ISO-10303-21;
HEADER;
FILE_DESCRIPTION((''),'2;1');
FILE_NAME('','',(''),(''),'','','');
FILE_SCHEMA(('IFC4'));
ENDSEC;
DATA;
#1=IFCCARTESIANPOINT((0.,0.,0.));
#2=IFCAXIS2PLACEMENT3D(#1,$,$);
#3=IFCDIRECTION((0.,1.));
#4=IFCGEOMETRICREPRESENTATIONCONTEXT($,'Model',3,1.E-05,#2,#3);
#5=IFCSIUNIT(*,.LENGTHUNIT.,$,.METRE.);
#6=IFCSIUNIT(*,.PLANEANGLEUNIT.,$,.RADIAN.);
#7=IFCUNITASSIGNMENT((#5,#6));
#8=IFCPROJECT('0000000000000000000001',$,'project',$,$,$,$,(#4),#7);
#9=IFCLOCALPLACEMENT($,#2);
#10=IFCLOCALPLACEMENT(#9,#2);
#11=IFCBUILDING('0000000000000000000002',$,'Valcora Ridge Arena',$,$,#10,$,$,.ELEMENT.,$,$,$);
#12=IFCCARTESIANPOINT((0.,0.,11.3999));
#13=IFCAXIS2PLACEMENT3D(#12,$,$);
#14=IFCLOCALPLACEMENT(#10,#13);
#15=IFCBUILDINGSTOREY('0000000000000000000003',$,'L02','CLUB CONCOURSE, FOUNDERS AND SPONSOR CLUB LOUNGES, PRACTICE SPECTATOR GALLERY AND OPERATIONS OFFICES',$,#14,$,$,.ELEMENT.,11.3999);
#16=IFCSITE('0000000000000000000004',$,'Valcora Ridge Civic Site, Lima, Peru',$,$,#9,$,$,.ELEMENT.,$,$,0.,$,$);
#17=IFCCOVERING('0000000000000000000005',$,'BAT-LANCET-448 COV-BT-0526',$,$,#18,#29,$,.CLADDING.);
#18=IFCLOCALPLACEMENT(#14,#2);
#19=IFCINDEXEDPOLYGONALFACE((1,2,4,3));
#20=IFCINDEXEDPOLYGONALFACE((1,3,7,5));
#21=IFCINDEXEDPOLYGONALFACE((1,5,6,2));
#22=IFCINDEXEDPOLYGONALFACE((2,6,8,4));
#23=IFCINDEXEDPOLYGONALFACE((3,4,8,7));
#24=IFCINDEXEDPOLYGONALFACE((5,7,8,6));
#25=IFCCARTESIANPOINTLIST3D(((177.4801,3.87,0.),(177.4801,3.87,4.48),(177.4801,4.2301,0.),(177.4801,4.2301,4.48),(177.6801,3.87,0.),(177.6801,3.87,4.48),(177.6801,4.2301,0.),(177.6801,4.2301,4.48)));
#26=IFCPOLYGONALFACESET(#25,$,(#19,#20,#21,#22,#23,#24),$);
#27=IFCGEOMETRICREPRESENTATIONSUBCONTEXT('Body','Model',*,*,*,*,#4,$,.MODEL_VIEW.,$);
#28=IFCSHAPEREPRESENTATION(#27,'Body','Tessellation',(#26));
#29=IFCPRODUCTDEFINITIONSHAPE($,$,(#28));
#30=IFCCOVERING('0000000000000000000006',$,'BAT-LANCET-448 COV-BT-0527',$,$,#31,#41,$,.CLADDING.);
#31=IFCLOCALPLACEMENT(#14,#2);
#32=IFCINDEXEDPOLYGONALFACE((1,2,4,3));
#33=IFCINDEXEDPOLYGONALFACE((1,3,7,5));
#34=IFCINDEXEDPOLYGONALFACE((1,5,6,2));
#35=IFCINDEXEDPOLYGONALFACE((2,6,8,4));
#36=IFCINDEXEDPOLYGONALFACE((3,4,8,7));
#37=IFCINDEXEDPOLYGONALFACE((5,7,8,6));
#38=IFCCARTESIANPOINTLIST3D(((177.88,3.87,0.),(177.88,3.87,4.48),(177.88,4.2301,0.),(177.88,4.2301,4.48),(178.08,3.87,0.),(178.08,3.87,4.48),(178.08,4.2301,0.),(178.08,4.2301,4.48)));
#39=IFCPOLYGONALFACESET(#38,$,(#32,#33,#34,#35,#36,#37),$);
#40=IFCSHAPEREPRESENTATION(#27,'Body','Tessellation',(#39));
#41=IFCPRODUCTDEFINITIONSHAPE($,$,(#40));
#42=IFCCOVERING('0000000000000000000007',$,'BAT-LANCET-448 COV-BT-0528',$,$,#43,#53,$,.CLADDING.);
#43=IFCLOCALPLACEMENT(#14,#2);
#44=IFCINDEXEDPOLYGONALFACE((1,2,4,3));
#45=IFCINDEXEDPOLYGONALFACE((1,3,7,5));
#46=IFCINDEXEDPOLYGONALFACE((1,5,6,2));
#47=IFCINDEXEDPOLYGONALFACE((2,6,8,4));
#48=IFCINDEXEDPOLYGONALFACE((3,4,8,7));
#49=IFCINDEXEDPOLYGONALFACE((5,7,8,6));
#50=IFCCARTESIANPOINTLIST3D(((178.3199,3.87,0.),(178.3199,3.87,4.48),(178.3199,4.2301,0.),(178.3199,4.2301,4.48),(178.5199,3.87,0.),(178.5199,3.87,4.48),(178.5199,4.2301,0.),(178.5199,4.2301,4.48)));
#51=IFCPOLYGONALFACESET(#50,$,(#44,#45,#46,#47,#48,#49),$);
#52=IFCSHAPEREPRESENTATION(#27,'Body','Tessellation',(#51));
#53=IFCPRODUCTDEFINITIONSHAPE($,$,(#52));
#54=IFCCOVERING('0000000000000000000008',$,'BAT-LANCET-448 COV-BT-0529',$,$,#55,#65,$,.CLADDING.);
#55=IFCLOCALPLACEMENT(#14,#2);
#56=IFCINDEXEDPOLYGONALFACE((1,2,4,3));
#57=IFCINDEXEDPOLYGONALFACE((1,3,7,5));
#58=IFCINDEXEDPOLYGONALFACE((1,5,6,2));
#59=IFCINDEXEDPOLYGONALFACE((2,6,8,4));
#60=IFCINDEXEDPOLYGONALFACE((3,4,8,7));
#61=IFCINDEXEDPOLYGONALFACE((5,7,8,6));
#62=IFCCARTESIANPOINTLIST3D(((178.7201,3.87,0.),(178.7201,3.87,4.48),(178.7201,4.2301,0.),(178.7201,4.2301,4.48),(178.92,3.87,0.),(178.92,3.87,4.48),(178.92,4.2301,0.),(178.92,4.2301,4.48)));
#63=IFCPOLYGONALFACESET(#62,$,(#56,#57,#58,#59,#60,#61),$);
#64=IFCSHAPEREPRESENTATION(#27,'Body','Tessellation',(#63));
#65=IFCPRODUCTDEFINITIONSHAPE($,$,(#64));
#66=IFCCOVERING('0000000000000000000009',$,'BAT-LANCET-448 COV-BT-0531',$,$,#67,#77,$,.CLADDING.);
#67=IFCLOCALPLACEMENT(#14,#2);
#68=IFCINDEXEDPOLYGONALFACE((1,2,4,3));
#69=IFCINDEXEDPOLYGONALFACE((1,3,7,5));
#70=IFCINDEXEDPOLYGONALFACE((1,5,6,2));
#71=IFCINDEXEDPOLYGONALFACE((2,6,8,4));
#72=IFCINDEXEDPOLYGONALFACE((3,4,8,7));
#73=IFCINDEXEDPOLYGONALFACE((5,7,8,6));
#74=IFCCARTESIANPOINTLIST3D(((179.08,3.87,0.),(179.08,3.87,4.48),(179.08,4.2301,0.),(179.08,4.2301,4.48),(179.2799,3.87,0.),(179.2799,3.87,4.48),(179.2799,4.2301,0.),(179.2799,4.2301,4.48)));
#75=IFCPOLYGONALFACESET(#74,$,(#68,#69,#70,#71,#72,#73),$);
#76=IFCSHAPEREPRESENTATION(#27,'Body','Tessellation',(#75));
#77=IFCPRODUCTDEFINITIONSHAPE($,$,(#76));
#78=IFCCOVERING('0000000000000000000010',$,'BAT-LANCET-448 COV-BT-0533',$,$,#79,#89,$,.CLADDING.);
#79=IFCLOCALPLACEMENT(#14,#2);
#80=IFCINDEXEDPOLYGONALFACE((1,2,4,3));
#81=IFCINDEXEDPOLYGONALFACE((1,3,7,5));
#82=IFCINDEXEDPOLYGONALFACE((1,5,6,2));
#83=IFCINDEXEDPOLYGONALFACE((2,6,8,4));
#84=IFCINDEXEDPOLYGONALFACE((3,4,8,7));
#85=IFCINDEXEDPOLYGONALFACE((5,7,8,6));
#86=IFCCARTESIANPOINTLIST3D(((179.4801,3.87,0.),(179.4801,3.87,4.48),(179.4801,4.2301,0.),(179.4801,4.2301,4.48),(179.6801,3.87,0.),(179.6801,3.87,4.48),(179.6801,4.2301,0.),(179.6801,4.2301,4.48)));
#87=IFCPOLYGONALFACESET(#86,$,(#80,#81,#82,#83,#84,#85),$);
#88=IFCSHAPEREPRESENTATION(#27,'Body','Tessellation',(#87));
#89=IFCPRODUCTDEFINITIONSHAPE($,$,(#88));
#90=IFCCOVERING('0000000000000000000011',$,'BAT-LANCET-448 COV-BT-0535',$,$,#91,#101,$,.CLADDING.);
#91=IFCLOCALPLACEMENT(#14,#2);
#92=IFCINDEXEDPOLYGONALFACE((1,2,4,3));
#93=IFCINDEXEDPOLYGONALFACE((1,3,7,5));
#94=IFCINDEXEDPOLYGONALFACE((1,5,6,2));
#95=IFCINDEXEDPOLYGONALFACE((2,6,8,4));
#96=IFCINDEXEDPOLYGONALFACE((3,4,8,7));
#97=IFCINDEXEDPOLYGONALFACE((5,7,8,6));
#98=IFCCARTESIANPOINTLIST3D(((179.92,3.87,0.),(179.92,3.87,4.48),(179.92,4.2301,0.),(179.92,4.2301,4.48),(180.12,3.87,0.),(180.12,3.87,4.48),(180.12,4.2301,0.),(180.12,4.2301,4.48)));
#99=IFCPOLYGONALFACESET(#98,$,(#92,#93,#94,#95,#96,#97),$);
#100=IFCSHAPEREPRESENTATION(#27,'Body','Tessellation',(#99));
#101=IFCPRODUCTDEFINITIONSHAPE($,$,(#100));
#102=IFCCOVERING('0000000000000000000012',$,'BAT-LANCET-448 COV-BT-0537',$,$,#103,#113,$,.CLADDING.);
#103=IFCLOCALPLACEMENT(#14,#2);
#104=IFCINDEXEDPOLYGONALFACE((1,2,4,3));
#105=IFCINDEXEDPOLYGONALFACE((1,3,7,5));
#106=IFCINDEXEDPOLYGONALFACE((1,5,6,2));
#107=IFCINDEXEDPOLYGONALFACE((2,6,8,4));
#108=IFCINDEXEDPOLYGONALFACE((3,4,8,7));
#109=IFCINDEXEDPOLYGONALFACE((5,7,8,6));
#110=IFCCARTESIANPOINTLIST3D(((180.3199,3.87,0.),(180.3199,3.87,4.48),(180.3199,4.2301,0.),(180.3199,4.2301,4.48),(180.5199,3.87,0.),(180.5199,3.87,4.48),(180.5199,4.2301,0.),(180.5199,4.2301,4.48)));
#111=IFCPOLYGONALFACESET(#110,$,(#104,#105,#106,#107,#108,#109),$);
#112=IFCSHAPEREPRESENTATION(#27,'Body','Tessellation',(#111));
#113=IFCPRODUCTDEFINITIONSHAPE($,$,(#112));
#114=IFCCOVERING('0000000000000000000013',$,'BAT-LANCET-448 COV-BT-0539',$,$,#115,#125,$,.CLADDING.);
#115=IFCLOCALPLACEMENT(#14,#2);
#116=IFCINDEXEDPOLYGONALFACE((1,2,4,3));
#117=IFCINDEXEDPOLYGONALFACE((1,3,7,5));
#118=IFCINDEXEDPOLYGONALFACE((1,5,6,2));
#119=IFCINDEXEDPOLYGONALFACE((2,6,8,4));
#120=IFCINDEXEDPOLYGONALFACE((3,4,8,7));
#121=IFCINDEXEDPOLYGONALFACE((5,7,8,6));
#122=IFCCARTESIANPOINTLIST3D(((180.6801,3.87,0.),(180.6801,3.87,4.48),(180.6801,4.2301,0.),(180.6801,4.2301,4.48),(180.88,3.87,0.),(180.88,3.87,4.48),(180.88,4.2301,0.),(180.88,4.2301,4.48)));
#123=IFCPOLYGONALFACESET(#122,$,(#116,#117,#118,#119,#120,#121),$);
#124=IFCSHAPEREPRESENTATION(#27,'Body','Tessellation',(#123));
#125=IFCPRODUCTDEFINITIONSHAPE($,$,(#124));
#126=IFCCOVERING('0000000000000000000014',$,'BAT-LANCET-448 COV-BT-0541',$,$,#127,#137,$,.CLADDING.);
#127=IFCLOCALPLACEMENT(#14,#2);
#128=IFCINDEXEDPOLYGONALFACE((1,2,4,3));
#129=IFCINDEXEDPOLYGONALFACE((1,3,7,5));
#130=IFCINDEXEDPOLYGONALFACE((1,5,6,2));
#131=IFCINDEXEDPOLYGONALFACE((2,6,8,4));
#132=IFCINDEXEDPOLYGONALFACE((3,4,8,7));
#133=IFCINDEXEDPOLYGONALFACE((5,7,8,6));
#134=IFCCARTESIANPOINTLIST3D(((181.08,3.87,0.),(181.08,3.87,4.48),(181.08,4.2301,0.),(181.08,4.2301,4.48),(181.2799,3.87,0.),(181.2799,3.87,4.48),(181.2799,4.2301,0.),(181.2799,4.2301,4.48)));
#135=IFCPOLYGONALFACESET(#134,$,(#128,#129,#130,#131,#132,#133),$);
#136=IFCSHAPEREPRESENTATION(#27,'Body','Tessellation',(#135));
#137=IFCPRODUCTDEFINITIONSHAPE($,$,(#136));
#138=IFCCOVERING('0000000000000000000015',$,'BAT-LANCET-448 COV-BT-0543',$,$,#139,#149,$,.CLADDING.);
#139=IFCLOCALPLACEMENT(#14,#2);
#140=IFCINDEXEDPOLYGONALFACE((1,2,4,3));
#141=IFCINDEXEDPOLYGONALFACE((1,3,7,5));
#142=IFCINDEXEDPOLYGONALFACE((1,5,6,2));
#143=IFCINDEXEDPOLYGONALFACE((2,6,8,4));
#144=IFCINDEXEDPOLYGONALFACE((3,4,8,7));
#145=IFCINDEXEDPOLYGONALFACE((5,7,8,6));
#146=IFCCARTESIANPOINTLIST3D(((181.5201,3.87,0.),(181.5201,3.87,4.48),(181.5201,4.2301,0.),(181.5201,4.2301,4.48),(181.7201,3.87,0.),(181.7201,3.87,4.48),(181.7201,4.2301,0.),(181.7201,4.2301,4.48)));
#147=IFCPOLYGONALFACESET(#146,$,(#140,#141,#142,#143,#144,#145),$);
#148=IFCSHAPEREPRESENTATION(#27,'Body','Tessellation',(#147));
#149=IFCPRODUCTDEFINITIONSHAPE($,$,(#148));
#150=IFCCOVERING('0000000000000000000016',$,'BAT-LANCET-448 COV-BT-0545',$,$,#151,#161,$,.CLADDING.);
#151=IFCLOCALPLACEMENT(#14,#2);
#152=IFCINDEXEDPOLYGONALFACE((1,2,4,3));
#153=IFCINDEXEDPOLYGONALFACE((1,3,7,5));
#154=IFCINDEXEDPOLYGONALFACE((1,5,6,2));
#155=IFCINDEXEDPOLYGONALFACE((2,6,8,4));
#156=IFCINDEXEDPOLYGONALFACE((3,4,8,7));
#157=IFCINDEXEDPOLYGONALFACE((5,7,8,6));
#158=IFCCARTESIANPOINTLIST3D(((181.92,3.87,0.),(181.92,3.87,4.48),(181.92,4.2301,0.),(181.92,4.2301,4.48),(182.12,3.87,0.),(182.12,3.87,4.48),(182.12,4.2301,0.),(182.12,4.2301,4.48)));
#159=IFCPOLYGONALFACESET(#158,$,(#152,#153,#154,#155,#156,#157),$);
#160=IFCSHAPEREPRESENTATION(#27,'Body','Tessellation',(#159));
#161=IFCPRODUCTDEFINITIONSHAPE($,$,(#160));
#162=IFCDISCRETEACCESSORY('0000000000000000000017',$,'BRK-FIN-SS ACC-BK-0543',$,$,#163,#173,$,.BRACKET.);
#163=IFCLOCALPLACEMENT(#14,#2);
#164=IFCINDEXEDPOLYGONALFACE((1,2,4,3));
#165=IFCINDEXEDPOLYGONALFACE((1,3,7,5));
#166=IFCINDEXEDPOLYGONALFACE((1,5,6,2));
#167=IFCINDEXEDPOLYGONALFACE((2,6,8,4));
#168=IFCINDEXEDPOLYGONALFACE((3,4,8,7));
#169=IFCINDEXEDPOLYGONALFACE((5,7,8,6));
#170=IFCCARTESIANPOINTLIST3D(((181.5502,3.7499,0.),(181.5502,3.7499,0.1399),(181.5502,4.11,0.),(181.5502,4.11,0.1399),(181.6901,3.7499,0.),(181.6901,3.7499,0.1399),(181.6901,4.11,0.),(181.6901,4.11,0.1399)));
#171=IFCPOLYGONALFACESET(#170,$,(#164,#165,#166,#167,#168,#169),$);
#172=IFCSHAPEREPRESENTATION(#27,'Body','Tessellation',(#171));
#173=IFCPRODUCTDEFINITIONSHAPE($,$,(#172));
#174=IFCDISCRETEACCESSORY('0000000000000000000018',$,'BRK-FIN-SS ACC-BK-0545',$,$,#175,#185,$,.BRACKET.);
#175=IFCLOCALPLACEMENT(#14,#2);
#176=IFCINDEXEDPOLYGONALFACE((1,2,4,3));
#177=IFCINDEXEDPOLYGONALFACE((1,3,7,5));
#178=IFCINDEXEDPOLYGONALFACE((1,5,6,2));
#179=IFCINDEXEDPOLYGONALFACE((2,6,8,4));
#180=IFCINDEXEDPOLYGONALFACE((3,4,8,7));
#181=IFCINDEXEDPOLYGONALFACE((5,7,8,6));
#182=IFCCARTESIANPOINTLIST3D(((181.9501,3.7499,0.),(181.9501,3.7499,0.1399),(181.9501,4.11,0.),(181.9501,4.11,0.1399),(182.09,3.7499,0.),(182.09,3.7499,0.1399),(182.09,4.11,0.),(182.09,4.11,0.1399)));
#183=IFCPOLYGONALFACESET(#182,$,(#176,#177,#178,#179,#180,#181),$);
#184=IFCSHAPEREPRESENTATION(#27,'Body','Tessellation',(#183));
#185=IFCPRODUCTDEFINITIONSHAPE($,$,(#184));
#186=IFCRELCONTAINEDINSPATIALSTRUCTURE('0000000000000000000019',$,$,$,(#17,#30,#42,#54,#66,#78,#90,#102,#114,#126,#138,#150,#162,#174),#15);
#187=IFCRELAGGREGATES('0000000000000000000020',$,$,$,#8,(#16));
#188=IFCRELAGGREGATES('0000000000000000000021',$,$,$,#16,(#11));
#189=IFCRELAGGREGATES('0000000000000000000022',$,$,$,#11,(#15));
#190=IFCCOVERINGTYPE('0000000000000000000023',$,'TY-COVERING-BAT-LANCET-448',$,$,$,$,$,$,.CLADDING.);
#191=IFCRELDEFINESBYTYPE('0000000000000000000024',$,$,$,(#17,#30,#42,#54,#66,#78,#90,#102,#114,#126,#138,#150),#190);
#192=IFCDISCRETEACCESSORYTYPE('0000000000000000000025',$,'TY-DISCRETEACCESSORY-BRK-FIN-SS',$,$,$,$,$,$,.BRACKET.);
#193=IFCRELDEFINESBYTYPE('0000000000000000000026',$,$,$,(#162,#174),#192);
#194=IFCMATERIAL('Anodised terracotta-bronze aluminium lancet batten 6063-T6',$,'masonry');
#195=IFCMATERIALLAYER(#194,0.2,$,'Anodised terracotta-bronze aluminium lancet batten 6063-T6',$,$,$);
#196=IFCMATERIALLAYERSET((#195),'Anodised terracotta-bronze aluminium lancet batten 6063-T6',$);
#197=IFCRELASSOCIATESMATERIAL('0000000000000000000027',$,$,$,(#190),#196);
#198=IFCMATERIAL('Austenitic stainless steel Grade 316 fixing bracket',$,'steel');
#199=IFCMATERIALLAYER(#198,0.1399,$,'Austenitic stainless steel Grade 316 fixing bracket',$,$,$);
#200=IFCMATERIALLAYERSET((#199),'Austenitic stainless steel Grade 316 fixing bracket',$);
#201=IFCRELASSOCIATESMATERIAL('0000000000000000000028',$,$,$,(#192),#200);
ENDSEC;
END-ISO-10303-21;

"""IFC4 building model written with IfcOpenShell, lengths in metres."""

from ifc_helpers import new_model, si_unit, direction, frame, origin, origin_2d, place, context, subcontext, project, spatial, rectangle, extrude, material, layer, layer_set, type_object, element, save


model = new_model("IFC4")

# Units and contexts
model_context = context("Model", 3, precision=1e-05, world=origin(), true_north=direction((0.0, 1.0)))
body_context = subcontext(model_context, "Body", "Model", "MODEL_VIEW")
ifc_project = project(units=[si_unit("LENGTHUNIT", "METRE"), si_unit("PLANEANGLEUNIT", "RADIAN")], contexts=[model_context])

# Site, building, storey
site_placement = place(None, origin())
site = spatial("IfcSite", under=ifc_project, at=site_placement, Name="Valcora Ridge Civic Site, Lima, Peru", CompositionType="ELEMENT", RefElevation=0.0)
building_placement = place(site_placement, origin())
building = spatial("IfcBuilding", under=site, at=building_placement, Name="Valcora Ridge Arena", CompositionType="ELEMENT")
storey_placement = place(building_placement, frame((0.0, 0.0, 11.3999)))
storey = spatial("IfcBuildingStorey", under=building, at=storey_placement, Name="L02", Description="CLUB CONCOURSE, FOUNDERS AND SPONSOR CLUB LOUNGES, PRACTICE SPECTATOR GALLERY AND OPERATIONS OFFICES", CompositionType="ELEMENT", Elevation=11.3999)

# Coverings
ifc_material_1 = material(Name="Anodised terracotta-bronze aluminium lancet batten 6063-T6", Category="masonry")
ifc_layer_1 = layer(ifc_material_1, 0.2, Name="Anodised terracotta-bronze aluminium lancet batten 6063-T6")
ifc_layer_set_1 = layer_set([ifc_layer_1], Name="Anodised terracotta-bronze aluminium lancet batten 6063-T6")
covering_type = type_object("IfcCoveringType", Name="TY-COVERING-BAT-LANCET-448", PredefinedType="CLADDING", material=ifc_layer_set_1)
for number, where, z_axis, x_axis, name in (
    (1, (177.5801, 4.05, 0.0), (0.0, 0.0, 1.0), (1.0, 0.0, 0.0), "BAT-LANCET-448 COV-BT-0526"),
    (2, (177.98, 4.05, 0.0), (0.0, 0.0, 1.0), (1.0, 0.0, 0.0), "BAT-LANCET-448 COV-BT-0527"),
    (3, (178.4199, 4.05, 0.0), (0.0, 0.0, 1.0), (1.0, 0.0, 0.0), "BAT-LANCET-448 COV-BT-0528"),
    (4, (178.8201, 4.05, 0.0), (0.0, 0.0, 1.0), (1.0, 0.0, 0.0), "BAT-LANCET-448 COV-BT-0529"),
    (5, (179.1799, 4.05, 0.0), (0.0, 0.0, 1.0), (1.0, 0.0, 0.0), "BAT-LANCET-448 COV-BT-0531"),
    (6, (179.5801, 4.05, 0.0), (0.0, 0.0, 1.0), (1.0, 0.0, 0.0), "BAT-LANCET-448 COV-BT-0533"),
    (7, (180.02, 4.05, 0.0), (0.0, 0.0, 1.0), (1.0, 0.0, 0.0), "BAT-LANCET-448 COV-BT-0535"),
    (8, (180.4199, 4.05, 0.0), (0.0, 0.0, 1.0), (1.0, 0.0, 0.0), "BAT-LANCET-448 COV-BT-0537"),
    (9, (180.78, 4.05, 0.0), (0.0, 0.0, 1.0), (1.0, 0.0, 0.0), "BAT-LANCET-448 COV-BT-0539"),
    (10, (181.1799, 4.05, 0.0), (0.0, 0.0, 1.0), (1.0, 0.0, 0.0), "BAT-LANCET-448 COV-BT-0541"),
    (11, (181.6201, 4.05, 0.0), (0.0, 0.0, 1.0), (1.0, 0.0, 0.0), "BAT-LANCET-448 COV-BT-0543"),
    (12, (182.02, 4.05, 0.0), (0.0, 0.0, 1.0), (1.0, 0.0, 0.0), "BAT-LANCET-448 COV-BT-0545"),
):
    element("IfcCovering", number, at=place(storey_placement, frame(where, z_axis=z_axis, x_axis=x_axis)), inside=storey, type_object=covering_type, Name=name, PredefinedType="CLADDING", context=body_context, shape_type="SweptSolid", body=[
        extrude(rectangle(XDim=0.2, YDim=0.3601, at=origin_2d()), origin(), (0.0, 0.0, 1.0), 4.48),
    ])

# Discrete accessories
ifc_material_2 = material(Name="Austenitic stainless steel Grade 316 fixing bracket", Category="steel")
ifc_layer_2 = layer(ifc_material_2, 0.1399, Name="Austenitic stainless steel Grade 316 fixing bracket")
ifc_layer_set_2 = layer_set([ifc_layer_2], Name="Austenitic stainless steel Grade 316 fixing bracket")
discrete_accessory_type = type_object("IfcDiscreteAccessoryType", Name="TY-DISCRETEACCESSORY-BRK-FIN-SS", PredefinedType="BRACKET", material=ifc_layer_set_2)
for number, where, z_axis, x_axis, name in (
    (13, (181.6201, 3.9299, 0.0), (0.0, 0.0, 1.0), (0.0, 1.0, 0.0), "BRK-FIN-SS ACC-BK-0543"),
    (14, (182.02, 3.9299, 0.0), (0.0, 0.0, 1.0), (0.0, 1.0, 0.0), "BRK-FIN-SS ACC-BK-0545"),
):
    element("IfcDiscreteAccessory", number, at=place(storey_placement, frame(where, z_axis=z_axis, x_axis=x_axis)), inside=storey, type_object=discrete_accessory_type, Name=name, PredefinedType="BRACKET", context=body_context, shape_type="SweptSolid", body=[
        extrude(rectangle(XDim=0.3601, YDim=0.1399, at=origin_2d()), origin(), (0.0, 0.0, 1.0), 0.1399),
    ])

save(model, "model.ifc")
